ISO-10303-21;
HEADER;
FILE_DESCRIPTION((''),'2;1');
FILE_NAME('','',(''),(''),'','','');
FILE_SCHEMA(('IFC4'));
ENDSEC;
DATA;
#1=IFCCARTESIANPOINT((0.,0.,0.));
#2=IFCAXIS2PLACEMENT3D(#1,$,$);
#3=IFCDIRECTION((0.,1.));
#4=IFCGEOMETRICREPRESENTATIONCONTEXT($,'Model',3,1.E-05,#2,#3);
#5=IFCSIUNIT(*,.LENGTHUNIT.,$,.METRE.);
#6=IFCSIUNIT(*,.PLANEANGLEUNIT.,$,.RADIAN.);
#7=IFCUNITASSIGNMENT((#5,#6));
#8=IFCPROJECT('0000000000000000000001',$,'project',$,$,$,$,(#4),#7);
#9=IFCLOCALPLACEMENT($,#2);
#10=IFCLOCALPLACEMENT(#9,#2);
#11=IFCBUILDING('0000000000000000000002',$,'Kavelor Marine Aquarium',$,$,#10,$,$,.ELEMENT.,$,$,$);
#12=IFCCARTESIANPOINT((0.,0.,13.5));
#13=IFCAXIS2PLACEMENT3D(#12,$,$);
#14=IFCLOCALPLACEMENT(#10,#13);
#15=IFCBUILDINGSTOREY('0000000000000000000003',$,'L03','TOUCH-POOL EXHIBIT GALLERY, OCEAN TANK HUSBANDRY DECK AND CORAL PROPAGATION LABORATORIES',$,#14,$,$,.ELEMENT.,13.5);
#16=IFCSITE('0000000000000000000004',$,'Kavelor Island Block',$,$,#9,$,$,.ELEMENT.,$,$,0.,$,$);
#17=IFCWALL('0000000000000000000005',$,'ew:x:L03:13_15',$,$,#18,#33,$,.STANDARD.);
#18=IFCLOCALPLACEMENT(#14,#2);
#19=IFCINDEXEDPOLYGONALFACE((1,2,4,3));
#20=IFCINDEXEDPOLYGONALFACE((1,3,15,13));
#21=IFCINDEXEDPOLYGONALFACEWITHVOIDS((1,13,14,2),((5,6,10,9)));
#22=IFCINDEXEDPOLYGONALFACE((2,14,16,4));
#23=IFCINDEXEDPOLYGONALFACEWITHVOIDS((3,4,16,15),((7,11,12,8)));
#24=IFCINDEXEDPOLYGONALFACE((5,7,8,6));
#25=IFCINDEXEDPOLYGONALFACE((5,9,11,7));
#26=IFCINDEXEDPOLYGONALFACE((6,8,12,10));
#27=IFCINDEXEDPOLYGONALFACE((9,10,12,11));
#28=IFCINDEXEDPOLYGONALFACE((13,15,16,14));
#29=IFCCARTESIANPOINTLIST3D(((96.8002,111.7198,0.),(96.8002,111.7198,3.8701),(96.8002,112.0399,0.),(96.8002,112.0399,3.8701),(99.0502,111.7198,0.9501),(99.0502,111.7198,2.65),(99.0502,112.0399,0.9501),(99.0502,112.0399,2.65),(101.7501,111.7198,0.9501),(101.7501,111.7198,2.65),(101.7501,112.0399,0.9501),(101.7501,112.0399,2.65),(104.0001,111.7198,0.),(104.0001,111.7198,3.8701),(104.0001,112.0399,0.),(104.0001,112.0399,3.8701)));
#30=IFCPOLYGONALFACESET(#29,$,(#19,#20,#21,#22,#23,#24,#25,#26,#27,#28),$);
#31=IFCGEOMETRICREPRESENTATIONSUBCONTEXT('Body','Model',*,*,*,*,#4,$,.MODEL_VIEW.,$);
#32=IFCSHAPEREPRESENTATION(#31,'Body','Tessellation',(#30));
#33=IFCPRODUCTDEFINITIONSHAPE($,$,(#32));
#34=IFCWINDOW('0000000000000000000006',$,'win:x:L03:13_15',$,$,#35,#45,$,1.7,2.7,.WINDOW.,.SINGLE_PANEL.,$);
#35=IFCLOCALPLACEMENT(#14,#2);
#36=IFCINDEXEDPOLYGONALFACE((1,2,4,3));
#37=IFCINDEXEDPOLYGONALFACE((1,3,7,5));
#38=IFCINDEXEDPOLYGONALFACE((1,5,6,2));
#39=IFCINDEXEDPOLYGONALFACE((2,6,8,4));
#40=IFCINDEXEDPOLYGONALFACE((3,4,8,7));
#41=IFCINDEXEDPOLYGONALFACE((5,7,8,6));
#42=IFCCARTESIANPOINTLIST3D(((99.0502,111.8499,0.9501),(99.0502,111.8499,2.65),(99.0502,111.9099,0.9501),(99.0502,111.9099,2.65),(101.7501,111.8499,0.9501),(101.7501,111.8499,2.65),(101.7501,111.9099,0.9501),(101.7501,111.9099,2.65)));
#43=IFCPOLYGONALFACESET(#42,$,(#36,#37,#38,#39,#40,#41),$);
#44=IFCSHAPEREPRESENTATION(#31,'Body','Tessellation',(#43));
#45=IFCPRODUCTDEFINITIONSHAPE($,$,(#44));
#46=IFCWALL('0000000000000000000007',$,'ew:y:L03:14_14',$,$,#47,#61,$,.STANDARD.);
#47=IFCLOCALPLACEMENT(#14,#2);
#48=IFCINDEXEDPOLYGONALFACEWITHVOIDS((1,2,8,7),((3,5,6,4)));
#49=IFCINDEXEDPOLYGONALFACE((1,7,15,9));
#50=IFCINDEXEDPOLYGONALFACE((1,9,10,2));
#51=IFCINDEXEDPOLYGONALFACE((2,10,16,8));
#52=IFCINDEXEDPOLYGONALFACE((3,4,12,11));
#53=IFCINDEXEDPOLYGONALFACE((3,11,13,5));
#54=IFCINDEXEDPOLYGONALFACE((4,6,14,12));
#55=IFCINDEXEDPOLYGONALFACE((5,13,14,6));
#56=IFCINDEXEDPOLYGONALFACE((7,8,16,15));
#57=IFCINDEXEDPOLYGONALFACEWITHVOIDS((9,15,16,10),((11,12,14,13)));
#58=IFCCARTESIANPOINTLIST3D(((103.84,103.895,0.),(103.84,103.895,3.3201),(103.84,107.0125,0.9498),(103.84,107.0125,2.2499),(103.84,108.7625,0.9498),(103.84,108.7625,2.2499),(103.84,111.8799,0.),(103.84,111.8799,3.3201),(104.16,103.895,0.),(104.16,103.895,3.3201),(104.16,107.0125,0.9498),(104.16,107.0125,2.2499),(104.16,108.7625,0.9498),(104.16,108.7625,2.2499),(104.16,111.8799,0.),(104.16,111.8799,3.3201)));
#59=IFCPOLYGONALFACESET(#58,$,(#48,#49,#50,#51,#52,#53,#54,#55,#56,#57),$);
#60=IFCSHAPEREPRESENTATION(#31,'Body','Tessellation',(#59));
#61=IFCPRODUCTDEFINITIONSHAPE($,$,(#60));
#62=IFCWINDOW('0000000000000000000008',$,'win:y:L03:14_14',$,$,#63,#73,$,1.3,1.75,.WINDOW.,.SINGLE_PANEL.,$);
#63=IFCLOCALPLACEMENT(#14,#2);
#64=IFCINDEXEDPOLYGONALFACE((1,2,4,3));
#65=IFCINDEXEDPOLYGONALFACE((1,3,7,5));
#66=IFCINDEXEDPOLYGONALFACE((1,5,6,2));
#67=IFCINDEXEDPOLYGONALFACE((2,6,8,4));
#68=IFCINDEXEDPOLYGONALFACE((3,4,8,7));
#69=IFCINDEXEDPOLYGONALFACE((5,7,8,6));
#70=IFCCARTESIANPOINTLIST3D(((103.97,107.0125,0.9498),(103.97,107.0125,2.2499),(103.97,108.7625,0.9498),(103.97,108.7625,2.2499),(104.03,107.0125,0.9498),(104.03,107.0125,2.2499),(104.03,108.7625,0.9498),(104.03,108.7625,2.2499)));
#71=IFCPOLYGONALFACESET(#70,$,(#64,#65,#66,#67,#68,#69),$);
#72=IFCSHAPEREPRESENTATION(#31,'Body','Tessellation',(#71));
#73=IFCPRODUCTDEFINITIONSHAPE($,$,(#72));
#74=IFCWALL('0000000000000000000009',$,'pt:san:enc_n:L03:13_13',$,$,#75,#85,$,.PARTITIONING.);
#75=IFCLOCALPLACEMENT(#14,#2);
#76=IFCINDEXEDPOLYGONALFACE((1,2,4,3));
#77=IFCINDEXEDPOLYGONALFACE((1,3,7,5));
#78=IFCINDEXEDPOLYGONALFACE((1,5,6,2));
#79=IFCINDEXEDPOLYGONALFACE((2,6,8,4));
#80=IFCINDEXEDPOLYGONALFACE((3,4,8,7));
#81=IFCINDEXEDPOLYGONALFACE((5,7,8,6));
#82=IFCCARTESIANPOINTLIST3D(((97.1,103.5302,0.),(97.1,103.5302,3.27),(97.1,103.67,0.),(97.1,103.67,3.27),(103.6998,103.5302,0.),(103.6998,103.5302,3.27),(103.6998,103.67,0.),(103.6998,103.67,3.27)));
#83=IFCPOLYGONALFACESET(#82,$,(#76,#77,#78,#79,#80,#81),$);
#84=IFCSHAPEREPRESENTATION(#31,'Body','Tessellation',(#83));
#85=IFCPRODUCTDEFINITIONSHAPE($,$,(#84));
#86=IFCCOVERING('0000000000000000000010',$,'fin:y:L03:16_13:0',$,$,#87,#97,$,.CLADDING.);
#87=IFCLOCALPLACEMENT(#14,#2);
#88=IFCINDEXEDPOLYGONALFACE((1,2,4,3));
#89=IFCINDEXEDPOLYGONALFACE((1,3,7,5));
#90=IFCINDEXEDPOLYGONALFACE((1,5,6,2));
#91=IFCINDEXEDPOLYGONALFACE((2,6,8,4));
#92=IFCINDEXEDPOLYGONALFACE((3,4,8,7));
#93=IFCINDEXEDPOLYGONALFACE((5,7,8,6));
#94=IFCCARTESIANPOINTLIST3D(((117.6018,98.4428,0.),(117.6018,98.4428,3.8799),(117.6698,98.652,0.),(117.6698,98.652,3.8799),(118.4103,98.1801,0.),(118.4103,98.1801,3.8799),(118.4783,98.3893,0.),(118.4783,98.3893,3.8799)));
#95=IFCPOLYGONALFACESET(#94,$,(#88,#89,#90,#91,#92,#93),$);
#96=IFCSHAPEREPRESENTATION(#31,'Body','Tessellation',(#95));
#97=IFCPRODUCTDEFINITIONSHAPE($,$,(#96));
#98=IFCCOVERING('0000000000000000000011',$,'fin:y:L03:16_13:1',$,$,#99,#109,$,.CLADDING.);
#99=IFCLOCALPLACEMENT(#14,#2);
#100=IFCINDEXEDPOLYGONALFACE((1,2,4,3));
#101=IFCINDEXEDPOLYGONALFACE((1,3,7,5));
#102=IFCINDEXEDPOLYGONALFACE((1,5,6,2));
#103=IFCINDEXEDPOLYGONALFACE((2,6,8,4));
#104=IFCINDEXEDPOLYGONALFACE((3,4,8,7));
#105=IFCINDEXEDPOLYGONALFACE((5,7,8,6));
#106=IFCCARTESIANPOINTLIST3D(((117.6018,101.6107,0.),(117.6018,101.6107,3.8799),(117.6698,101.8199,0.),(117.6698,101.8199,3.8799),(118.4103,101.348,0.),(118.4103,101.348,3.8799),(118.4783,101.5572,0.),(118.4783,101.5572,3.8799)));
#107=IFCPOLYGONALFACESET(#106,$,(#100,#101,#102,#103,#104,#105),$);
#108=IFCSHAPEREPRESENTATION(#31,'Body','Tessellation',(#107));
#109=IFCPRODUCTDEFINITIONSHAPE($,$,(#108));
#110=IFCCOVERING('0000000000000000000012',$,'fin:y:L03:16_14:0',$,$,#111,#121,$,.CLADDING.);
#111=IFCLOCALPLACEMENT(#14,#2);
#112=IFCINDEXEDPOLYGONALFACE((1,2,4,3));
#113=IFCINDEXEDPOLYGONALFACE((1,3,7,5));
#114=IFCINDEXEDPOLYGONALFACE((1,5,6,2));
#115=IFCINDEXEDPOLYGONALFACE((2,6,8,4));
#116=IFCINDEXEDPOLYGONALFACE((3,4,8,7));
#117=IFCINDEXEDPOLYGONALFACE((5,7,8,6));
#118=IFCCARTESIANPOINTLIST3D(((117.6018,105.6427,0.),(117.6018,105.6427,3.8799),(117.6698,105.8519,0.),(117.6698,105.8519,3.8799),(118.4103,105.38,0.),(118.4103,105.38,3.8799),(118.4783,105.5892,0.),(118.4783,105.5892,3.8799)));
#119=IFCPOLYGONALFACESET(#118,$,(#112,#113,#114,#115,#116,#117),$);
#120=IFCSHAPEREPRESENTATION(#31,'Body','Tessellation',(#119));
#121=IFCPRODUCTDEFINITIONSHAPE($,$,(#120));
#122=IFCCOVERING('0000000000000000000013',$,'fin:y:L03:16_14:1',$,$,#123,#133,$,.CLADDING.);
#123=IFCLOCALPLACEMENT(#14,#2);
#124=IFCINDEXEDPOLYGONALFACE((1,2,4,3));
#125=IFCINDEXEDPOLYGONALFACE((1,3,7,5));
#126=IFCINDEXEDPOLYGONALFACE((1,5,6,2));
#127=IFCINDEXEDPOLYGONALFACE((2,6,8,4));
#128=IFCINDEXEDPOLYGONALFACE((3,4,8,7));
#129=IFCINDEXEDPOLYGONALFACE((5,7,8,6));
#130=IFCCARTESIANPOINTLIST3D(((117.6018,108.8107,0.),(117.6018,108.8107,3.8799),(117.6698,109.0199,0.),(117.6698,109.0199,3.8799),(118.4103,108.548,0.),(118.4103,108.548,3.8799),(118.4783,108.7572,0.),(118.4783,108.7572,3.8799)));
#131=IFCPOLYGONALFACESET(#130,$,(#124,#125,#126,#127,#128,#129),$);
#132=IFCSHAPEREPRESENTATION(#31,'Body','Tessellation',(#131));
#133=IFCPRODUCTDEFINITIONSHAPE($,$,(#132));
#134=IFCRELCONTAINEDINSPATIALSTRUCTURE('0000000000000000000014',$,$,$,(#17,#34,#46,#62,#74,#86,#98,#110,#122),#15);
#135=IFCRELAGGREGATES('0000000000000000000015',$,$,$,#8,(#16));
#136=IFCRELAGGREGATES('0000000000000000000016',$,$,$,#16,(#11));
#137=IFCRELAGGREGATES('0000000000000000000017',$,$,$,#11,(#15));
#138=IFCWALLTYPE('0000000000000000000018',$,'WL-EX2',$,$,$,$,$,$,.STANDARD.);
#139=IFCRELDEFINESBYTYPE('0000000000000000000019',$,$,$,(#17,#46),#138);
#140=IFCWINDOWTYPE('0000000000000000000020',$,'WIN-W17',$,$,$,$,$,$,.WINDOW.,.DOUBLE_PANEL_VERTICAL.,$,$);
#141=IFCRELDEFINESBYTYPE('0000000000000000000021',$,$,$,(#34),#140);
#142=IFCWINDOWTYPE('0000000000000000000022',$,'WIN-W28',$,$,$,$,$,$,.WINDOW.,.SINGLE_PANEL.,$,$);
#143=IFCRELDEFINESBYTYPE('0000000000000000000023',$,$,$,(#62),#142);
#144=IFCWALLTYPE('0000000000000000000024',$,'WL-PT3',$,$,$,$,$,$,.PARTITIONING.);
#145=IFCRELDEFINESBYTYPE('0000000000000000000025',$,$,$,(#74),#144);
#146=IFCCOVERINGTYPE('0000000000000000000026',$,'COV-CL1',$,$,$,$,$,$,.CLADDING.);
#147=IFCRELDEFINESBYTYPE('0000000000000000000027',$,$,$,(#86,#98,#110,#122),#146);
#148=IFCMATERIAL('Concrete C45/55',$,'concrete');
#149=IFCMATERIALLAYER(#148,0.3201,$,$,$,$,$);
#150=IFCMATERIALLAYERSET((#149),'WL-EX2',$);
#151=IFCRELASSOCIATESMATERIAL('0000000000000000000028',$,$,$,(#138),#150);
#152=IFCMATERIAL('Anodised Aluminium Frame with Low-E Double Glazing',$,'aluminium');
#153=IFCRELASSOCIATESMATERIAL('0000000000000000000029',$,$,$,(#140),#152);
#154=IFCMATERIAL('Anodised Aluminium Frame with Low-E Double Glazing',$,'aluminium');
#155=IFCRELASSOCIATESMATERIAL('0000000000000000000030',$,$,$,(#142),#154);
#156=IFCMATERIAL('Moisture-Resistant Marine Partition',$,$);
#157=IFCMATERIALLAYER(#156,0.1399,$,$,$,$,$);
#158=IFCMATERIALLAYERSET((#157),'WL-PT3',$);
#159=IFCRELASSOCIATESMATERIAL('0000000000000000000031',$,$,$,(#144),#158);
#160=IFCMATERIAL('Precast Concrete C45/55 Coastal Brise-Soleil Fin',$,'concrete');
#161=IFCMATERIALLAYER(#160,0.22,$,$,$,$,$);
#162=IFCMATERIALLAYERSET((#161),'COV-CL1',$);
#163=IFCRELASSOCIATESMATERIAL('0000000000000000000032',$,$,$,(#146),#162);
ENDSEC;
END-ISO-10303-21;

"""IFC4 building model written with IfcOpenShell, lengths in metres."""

from ifc_helpers import new_model, si_unit, direction, frame, frame_2d, origin, origin_2d, place, context, subcontext, project, spatial, rectangle, extrude, material, layer, layer_set, type_object, element, fill, save


model = new_model("IFC4")

# Units and contexts
model_context = context("Model", 3, precision=1e-05, world=origin(), true_north=direction((0.0, 1.0)))
body_context = subcontext(model_context, "Body", "Model", "MODEL_VIEW")
ifc_project = project(units=[si_unit("LENGTHUNIT", "METRE"), si_unit("PLANEANGLEUNIT", "RADIAN")], contexts=[model_context])

# Site, building, storey
site_placement = place(None, origin())
site = spatial("IfcSite", under=ifc_project, at=site_placement, Name="Kavelor Island Block", CompositionType="ELEMENT", RefElevation=0.0)
building_placement = place(site_placement, origin())
building = spatial("IfcBuilding", under=site, at=building_placement, Name="Kavelor Marine Aquarium", CompositionType="ELEMENT")
storey_placement = place(building_placement, frame((0.0, 0.0, 13.5)))
storey = spatial("IfcBuildingStorey", under=building, at=storey_placement, Name="L03", Description="TOUCH-POOL EXHIBIT GALLERY, OCEAN TANK HUSBANDRY DECK AND CORAL PROPAGATION LABORATORIES", CompositionType="ELEMENT", Elevation=13.5)

# Walls, openings, windows
ifc_material_1 = material(Name="Concrete C45/55", Category="concrete")
ifc_layer_1 = layer(ifc_material_1, 0.3201)
ifc_layer_set_1 = layer_set([ifc_layer_1], Name="WL-EX2")
wall_type_1 = type_object("IfcWallType", Name="WL-EX2", PredefinedType="STANDARD", material=ifc_layer_set_1)
wall_1_placement = place(storey_placement, frame((96.8, 111.8799, 0.0), z_axis=(0.0, 0.0, 1.0), x_axis=(1.0, 0.0, 0.0)))
wall_1 = element("IfcWall", 1, at=wall_1_placement, inside=storey, type_object=wall_type_1, Name="ew:x:L03:13_15", PredefinedType="STANDARD", context=body_context, shape_type="SweptSolid", body=[
    extrude(rectangle(XDim=7.2, YDim=0.3201, at=frame_2d((3.6001, 0.0))), origin(), (0.0, 0.0, 1.0), 3.8701),
])
opening_1_placement = place(wall_1_placement, frame((2.25, 0.0, 0.95)))
opening_1 = element("IfcOpeningElement", 2, at=opening_1_placement, cuts=wall_1, PredefinedType="OPENING", context=body_context, shape_type="SweptSolid", body=[
    extrude(rectangle(XDim=2.7, YDim=1.7, at=frame_2d((1.3501, 0.8501))), frame((0.0, 0.1699, 0.0), z_axis=(0.0, -1.0, 0.0), x_axis=(1.0, 0.0, 0.0)), (0.0, 0.0, 1.0), 0.3401),
])
ifc_material_2 = material(Name="Anodised Aluminium Frame with Low-E Double Glazing", Category="aluminium")
window_type_1 = type_object("IfcWindowType", Name="WIN-W17", PartitioningType="DOUBLE_PANEL_VERTICAL", PredefinedType="WINDOW", material=ifc_material_2)
window_1_placement = place(opening_1_placement, origin())
window_1 = element("IfcWindow", 3, at=window_1_placement, inside=storey, type_object=window_type_1, Name="win:x:L03:13_15", OverallHeight=1.7, OverallWidth=2.7, PartitioningType="SINGLE_PANEL", PredefinedType="WINDOW", context=body_context, shape_type="SweptSolid", body=[
    extrude(rectangle(XDim=2.7, YDim=1.7, at=frame_2d((1.3501, 0.8501))), frame((0.0, 0.03, 0.0), z_axis=(0.0, -1.0, 0.0), x_axis=(1.0, 0.0, 0.0)), (0.0, 0.0, 1.0), 0.0601),
])
fill(opening_1, window_1)
wall_2_placement = place(storey_placement, frame((104.0, 111.8799, 0.0), z_axis=(0.0, 0.0, 1.0), x_axis=(0.0, -1.0, 0.0)))
wall_2 = element("IfcWall", 4, at=wall_2_placement, inside=storey, type_object=wall_type_1, Name="ew:y:L03:14_14", PredefinedType="STANDARD", context=body_context, shape_type="SweptSolid", body=[
    extrude(rectangle(XDim=7.9849, YDim=0.3201, at=frame_2d((3.9924, 0.0))), origin(), (0.0, 0.0, 1.0), 3.3201),
])
opening_2_placement = place(wall_2_placement, frame((3.1174, 0.0, 0.95)))
opening_2 = element("IfcOpeningElement", 5, at=opening_2_placement, cuts=wall_2, PredefinedType="OPENING", context=body_context, shape_type="SweptSolid", body=[
    extrude(rectangle(XDim=1.75, YDim=1.3, at=frame_2d((0.875, 0.6499))), frame((0.0, 0.1699, 0.0), z_axis=(0.0, -1.0, 0.0), x_axis=(1.0, 0.0, 0.0)), (0.0, 0.0, 1.0), 0.3401),
])
ifc_material_3 = material(Name="Anodised Aluminium Frame with Low-E Double Glazing", Category="aluminium")
window_type_2 = type_object("IfcWindowType", Name="WIN-W28", PartitioningType="SINGLE_PANEL", PredefinedType="WINDOW", material=ifc_material_3)
window_2_placement = place(opening_2_placement, origin())
window_2 = element("IfcWindow", 6, at=window_2_placement, inside=storey, type_object=window_type_2, Name="win:y:L03:14_14", OverallHeight=1.3, OverallWidth=1.75, PartitioningType="SINGLE_PANEL", PredefinedType="WINDOW", context=body_context, shape_type="SweptSolid", body=[
    extrude(rectangle(XDim=1.75, YDim=1.3, at=frame_2d((0.875, 0.6499))), frame((0.0, 0.03, 0.0), z_axis=(0.0, -1.0, 0.0), x_axis=(1.0, 0.0, 0.0)), (0.0, 0.0, 1.0), 0.0601),
])
fill(opening_2, window_2)

# Wall
ifc_material_4 = material(Name="Moisture-Resistant Marine Partition")
ifc_layer_2 = layer(ifc_material_4, 0.1399)
ifc_layer_set_2 = layer_set([ifc_layer_2], Name="WL-PT3")
wall_type_2 = type_object("IfcWallType", Name="WL-PT3", PredefinedType="PARTITIONING", material=ifc_layer_set_2)
wall_3_placement = place(storey_placement, frame((97.1001, 103.6001, 0.0), z_axis=(0.0, 0.0, 1.0), x_axis=(1.0, 0.0, 0.0)))
element("IfcWall", 7, at=wall_3_placement, inside=storey, type_object=wall_type_2, Name="pt:san:enc_n:L03:13_13", PredefinedType="PARTITIONING", context=body_context, shape_type="SweptSolid", body=[
    extrude(rectangle(XDim=6.5999, YDim=0.1399, at=frame_2d((3.2998, 0.0))), origin(), (0.0, 0.0, 1.0), 3.27),
])

# Coverings
ifc_material_5 = material(Name="Precast Concrete C45/55 Coastal Brise-Soleil Fin", Category="concrete")
ifc_layer_3 = layer(ifc_material_5, 0.22)
ifc_layer_set_3 = layer_set([ifc_layer_3], Name="COV-CL1")
covering_type = type_object("IfcCoveringType", Name="COV-CL1", PredefinedType="CLADDING", material=ifc_layer_set_3)
for number, where, z_axis, x_axis, name in (
    (8, (118.04, 98.416, 0.0), (0.0, 0.0, 1.0), (0.951057, -0.309017, 0.0), "fin:y:L03:16_13:0"),
    (9, (118.04, 101.584, 0.0), (0.0, 0.0, 1.0), (0.951057, -0.309017, 0.0), "fin:y:L03:16_13:1"),
    (10, (118.04, 105.616, 0.0), (0.0, 0.0, 1.0), (0.951057, -0.309017, 0.0), "fin:y:L03:16_14:0"),
    (11, (118.04, 108.7839, 0.0), (0.0, 0.0, 1.0), (0.951057, -0.309017, 0.0), "fin:y:L03:16_14:1"),
):
    element("IfcCovering", number, at=place(storey_placement, frame(where, z_axis=z_axis, x_axis=x_axis)), inside=storey, type_object=covering_type, Name=name, PredefinedType="CLADDING", context=body_context, shape_type="SweptSolid", body=[
        extrude(rectangle(XDim=0.8501, YDim=0.22, at=origin_2d()), origin(), (0.0, 0.0, 1.0), 3.8799),
    ])

save(model, "model.ifc")
